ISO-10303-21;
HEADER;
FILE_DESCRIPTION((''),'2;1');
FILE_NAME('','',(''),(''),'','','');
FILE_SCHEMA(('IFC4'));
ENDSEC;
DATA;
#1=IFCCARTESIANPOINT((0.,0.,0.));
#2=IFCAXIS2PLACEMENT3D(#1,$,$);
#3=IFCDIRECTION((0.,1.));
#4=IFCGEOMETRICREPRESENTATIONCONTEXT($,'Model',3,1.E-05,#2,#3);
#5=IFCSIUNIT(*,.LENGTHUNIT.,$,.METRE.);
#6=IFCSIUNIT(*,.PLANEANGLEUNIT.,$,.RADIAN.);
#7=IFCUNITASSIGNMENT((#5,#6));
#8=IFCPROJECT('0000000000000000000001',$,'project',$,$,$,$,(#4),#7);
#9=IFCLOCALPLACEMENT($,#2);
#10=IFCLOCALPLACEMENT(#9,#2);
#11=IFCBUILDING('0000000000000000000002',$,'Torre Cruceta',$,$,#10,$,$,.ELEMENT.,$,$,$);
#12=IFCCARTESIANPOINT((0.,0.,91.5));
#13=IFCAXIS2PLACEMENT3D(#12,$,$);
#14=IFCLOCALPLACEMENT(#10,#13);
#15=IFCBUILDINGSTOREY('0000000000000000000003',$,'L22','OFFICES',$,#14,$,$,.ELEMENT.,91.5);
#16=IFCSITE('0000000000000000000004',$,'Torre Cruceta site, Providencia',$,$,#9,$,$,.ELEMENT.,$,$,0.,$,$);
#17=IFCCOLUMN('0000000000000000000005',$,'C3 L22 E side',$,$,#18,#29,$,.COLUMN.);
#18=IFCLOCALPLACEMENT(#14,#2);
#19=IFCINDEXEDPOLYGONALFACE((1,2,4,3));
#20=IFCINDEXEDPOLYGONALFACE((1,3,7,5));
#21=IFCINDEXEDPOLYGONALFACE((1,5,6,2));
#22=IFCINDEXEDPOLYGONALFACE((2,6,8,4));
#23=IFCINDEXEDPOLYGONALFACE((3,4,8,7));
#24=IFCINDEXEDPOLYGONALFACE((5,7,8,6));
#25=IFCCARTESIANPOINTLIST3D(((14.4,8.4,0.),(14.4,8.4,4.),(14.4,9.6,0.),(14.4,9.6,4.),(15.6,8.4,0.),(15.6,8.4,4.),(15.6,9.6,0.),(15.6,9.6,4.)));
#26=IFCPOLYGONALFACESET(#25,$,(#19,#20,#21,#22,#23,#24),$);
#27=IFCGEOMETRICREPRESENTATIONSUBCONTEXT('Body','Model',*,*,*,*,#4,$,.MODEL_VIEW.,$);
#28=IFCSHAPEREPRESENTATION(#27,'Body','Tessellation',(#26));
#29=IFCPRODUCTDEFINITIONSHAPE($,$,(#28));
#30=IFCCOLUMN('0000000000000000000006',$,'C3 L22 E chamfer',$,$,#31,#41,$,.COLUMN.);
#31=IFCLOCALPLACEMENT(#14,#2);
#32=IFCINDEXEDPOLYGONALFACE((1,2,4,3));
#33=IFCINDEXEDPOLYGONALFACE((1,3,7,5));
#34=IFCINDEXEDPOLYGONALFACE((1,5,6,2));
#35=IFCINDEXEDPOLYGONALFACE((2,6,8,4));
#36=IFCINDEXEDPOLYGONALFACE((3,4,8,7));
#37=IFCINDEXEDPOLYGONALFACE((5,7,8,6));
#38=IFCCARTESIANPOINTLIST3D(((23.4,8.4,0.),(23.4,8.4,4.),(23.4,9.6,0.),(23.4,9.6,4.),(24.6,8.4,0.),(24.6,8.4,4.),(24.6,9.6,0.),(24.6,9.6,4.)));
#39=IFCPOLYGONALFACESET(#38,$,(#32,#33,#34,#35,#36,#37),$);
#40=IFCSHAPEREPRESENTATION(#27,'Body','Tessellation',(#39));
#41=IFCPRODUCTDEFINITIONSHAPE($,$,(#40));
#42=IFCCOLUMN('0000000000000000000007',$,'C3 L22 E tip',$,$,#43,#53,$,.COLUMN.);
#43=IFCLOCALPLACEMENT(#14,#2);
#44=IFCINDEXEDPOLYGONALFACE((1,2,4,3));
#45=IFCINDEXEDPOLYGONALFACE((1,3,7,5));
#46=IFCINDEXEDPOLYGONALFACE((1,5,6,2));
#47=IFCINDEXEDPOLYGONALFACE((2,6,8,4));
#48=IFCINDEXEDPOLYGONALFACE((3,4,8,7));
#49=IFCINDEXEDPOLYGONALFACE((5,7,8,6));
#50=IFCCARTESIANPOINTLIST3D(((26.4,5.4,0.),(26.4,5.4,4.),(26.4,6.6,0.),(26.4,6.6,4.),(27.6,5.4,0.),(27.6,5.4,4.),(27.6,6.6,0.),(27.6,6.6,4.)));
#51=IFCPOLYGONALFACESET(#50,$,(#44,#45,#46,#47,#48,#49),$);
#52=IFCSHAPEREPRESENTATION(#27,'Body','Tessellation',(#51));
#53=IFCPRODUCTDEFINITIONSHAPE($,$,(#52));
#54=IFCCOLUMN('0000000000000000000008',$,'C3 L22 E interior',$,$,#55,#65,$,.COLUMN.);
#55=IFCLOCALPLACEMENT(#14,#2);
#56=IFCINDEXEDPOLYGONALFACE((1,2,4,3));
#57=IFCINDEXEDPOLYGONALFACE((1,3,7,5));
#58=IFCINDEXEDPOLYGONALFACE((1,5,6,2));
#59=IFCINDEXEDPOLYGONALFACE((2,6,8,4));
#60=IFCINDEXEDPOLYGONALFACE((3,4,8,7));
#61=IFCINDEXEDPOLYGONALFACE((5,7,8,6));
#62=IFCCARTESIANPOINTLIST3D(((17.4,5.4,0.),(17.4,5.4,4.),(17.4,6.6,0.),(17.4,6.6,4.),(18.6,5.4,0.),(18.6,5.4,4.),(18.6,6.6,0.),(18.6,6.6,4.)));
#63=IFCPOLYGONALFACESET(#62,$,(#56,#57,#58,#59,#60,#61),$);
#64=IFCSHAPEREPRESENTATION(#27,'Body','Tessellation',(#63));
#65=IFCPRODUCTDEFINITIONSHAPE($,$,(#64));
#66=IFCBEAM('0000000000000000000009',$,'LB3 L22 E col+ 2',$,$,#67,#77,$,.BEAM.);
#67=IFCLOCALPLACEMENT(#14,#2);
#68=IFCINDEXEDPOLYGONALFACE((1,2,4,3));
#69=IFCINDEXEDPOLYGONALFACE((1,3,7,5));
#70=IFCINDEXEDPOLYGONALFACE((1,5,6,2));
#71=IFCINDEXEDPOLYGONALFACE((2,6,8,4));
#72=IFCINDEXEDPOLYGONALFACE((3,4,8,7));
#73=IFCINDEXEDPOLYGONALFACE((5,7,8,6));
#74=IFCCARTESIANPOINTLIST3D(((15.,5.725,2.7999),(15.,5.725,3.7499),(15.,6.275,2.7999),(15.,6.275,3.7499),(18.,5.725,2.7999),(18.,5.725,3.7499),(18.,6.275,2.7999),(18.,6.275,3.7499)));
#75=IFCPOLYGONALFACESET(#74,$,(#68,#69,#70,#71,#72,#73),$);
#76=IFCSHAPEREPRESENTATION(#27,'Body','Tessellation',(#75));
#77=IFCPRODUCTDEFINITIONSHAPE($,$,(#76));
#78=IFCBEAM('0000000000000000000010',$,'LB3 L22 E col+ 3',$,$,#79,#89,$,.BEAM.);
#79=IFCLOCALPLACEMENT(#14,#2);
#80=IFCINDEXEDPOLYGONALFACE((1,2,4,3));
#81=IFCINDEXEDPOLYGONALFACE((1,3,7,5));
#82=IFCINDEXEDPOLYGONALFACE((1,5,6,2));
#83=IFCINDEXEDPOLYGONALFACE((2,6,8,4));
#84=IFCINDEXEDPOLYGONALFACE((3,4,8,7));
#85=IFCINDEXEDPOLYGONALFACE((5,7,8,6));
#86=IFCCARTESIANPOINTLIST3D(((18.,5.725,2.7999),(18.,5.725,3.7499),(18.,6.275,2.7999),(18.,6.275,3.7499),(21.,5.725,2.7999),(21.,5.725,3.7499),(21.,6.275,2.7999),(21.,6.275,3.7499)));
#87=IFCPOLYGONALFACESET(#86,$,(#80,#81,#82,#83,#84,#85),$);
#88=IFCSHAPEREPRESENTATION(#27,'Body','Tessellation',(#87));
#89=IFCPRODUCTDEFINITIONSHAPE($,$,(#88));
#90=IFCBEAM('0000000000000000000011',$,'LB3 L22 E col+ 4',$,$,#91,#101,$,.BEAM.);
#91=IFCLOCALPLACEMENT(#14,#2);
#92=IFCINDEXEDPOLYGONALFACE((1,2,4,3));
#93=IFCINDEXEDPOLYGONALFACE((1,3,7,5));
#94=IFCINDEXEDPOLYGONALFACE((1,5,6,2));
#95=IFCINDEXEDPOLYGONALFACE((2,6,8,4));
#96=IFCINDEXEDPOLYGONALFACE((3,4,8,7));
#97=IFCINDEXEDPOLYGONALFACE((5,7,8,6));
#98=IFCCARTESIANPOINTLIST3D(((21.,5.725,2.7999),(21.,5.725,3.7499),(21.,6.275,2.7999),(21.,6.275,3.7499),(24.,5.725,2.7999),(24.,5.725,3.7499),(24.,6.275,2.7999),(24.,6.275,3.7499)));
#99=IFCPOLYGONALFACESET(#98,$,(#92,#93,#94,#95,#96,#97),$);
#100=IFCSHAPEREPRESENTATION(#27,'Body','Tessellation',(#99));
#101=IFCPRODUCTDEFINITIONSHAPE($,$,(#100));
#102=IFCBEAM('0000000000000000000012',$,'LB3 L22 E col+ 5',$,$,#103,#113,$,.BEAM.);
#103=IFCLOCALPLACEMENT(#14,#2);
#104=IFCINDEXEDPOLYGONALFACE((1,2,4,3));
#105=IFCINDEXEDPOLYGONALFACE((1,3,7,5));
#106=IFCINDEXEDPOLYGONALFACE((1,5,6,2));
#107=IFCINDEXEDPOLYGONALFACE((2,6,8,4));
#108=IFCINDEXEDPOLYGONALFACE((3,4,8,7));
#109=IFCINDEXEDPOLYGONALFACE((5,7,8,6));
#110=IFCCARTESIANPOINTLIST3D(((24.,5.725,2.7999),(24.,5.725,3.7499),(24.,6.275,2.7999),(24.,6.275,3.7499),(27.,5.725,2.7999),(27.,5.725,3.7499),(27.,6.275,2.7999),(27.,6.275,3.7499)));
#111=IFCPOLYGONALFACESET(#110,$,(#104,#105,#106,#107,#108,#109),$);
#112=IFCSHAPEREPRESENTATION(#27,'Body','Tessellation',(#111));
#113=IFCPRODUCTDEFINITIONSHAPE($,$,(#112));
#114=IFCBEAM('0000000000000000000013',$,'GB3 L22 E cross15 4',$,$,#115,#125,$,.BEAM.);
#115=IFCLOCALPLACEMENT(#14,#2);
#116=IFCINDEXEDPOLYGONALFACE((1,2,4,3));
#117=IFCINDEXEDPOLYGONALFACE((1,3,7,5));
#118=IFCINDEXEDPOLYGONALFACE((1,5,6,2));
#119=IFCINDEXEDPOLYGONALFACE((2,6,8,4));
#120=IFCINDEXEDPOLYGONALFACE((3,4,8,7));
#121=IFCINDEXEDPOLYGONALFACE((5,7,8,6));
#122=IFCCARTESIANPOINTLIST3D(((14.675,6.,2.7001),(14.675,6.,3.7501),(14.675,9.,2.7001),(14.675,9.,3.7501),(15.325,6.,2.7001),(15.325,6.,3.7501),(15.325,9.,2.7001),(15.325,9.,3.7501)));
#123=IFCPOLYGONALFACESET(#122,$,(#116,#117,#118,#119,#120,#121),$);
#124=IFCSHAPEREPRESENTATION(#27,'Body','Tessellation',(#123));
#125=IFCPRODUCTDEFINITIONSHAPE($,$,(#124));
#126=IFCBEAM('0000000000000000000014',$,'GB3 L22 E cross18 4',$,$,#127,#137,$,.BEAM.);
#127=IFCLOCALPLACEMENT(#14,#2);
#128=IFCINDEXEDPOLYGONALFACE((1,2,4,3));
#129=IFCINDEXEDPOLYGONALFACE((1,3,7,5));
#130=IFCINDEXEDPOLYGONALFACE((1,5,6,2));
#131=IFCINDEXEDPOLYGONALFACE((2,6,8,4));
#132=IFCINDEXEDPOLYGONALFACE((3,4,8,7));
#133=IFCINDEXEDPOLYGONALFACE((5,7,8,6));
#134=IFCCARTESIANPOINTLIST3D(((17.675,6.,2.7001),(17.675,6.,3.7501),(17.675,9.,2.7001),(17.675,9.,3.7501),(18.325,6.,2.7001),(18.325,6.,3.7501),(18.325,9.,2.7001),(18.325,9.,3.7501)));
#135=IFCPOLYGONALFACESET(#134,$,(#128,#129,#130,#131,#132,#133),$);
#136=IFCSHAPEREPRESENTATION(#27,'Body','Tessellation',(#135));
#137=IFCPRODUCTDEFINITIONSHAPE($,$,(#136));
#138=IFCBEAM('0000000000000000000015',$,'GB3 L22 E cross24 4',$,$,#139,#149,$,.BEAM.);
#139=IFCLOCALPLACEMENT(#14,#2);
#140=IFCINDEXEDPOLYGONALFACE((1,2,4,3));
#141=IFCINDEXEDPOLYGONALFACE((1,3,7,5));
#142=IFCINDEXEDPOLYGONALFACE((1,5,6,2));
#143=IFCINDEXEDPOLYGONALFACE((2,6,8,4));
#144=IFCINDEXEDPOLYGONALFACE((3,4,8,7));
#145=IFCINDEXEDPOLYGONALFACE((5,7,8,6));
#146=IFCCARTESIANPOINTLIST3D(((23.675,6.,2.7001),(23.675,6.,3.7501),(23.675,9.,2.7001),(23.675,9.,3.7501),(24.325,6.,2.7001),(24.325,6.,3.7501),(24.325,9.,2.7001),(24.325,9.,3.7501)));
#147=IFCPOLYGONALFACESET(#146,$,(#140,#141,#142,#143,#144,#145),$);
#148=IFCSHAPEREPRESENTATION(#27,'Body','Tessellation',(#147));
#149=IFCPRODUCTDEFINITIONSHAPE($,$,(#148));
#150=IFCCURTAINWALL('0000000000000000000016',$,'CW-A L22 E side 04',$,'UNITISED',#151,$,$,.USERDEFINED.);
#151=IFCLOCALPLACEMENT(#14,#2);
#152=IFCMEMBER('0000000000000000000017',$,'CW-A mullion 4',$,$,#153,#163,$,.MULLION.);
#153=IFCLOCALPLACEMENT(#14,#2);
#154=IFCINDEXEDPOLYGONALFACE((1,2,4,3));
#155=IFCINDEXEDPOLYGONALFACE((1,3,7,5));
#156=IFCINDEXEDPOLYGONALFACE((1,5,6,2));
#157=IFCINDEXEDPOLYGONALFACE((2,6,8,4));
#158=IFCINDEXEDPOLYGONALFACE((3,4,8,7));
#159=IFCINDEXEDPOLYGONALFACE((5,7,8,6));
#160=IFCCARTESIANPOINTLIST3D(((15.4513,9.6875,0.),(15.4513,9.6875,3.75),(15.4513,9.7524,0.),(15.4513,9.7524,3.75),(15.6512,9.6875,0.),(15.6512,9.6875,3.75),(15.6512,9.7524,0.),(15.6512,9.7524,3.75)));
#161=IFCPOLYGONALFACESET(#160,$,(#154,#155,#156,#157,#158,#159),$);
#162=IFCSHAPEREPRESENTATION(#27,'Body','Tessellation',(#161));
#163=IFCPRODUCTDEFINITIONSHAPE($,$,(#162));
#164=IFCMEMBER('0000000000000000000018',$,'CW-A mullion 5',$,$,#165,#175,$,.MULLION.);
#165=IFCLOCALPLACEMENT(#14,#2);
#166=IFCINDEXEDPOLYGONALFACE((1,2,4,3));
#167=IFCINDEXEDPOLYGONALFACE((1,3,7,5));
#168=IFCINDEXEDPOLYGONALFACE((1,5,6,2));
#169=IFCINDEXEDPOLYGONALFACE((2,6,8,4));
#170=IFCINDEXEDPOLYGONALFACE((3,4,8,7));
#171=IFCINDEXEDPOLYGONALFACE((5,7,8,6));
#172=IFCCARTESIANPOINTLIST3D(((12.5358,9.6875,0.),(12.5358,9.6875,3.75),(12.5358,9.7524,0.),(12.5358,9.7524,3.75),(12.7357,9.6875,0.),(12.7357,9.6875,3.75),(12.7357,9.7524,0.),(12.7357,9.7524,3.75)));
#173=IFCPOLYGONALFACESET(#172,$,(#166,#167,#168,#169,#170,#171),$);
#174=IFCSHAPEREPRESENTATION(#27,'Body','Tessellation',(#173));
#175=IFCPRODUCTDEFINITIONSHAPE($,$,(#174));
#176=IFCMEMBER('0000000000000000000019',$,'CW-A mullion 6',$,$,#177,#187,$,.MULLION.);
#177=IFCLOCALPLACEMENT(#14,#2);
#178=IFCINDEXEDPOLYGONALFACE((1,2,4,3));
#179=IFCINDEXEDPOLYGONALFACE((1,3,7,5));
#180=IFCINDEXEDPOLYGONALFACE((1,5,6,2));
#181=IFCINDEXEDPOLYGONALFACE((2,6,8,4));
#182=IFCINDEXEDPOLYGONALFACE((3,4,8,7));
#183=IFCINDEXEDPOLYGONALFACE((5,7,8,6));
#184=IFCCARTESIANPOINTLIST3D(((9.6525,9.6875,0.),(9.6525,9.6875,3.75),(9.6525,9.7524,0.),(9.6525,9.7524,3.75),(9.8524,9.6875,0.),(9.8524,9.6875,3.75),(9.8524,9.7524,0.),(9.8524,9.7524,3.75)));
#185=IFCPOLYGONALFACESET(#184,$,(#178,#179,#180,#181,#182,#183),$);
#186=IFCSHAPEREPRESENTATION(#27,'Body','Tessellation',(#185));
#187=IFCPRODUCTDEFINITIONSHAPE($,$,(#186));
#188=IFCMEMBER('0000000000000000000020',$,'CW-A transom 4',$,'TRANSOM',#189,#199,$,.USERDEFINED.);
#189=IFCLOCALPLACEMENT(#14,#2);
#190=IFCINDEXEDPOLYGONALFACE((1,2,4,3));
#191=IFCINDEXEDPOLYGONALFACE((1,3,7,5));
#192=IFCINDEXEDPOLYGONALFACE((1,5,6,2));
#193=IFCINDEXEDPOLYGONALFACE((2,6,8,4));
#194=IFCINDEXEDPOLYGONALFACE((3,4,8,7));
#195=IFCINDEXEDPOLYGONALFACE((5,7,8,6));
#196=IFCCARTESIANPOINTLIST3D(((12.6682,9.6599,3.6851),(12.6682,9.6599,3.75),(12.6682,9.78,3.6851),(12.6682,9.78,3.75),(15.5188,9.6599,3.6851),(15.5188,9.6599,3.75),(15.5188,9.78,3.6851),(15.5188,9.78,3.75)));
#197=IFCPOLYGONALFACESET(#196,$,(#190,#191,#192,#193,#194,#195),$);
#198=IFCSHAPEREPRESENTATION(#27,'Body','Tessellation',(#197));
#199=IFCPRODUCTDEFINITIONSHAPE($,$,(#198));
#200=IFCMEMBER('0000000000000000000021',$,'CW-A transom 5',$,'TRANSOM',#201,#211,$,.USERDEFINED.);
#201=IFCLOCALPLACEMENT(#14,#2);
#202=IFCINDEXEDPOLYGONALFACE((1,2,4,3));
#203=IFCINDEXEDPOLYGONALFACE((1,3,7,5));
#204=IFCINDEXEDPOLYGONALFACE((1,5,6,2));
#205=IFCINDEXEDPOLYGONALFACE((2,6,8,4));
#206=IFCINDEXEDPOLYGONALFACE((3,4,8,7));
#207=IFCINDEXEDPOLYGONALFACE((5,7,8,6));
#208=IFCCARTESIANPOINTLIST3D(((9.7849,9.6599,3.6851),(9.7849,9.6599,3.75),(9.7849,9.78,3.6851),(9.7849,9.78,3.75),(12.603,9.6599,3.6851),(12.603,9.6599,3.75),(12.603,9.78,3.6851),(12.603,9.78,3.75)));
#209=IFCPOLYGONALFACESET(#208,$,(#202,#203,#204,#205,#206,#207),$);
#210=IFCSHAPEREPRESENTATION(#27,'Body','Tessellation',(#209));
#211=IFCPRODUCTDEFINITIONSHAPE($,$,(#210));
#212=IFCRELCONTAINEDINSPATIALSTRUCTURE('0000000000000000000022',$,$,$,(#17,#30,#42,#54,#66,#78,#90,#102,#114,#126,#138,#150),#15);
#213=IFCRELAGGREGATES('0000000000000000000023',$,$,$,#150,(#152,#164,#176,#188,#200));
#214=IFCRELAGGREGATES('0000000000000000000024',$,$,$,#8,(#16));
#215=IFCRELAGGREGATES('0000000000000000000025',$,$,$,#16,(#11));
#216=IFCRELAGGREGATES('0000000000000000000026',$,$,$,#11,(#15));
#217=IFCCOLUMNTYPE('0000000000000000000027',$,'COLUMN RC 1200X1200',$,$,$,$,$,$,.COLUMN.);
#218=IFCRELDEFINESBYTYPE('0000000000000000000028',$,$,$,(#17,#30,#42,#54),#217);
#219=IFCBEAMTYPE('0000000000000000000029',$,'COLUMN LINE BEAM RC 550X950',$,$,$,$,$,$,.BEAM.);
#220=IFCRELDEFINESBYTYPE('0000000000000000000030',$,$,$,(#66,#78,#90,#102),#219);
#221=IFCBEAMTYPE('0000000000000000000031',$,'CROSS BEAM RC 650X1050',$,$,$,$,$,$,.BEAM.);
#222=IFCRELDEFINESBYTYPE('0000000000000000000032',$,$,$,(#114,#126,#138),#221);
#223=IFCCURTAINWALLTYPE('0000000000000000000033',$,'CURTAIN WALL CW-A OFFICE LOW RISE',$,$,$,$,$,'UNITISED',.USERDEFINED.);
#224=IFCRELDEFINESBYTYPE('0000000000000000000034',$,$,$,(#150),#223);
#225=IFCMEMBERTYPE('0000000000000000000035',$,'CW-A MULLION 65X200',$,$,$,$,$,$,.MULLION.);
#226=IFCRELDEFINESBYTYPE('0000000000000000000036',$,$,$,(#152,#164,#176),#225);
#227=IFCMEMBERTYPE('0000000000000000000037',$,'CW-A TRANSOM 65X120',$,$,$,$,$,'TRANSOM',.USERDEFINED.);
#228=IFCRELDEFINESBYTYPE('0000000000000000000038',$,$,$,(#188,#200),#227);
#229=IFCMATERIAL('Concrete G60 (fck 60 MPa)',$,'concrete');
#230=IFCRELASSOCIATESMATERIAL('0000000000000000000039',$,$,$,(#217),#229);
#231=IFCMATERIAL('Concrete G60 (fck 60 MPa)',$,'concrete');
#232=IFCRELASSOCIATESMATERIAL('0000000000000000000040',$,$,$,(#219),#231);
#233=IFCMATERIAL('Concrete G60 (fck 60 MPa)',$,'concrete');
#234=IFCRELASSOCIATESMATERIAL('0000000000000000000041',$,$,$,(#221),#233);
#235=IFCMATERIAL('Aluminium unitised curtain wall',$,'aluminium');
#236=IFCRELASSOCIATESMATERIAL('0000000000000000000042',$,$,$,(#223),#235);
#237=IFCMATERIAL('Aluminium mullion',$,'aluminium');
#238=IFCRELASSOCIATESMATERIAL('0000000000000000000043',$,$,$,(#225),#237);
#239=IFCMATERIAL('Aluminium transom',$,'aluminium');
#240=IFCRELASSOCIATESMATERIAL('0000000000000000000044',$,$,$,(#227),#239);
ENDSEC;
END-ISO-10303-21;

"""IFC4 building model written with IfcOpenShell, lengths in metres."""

from ifc_helpers import new_model, si_unit, direction, frame, origin, origin_2d, place, context, subcontext, project, spatial, rectangle, extrude, material, material_profile, profile_set, type_object, element, aggregate, save


model = new_model("IFC4")

# Units and contexts
model_context = context("Model", 3, precision=1e-05, world=origin(), true_north=direction((0.0, 1.0)))
body_context = subcontext(model_context, "Body", "Model", "MODEL_VIEW")
ifc_project = project(units=[si_unit("LENGTHUNIT", "METRE"), si_unit("PLANEANGLEUNIT", "RADIAN")], contexts=[model_context])

# Site, building, storey
site_placement = place(None, origin())
site = spatial("IfcSite", under=ifc_project, at=site_placement, Name="Torre Cruceta site, Providencia", CompositionType="ELEMENT", RefElevation=0.0)
building_placement = place(site_placement, origin())
building = spatial("IfcBuilding", under=site, at=building_placement, Name="Torre Cruceta", CompositionType="ELEMENT")
storey_placement = place(building_placement, frame((0.0, 0.0, 91.5)))
storey = spatial("IfcBuildingStorey", under=building, at=storey_placement, Name="L22", Description="OFFICES", CompositionType="ELEMENT", Elevation=91.5)

# Columns
ifc_material_1 = material(Name="Concrete G60 (fck 60 MPa)", Category="concrete")
ifc_material_profile_1 = material_profile(ifc_material_1, rectangle(XDim=1.2, YDim=1.2, at=origin_2d()), Name="RC 1200X1200")
ifc_profile_set_1 = profile_set([ifc_material_profile_1], Name="Concrete G60 (fck 60 MPa)")
column_type = type_object("IfcColumnType", Name="COLUMN RC 1200X1200", PredefinedType="COLUMN", material=ifc_profile_set_1)
for number, where, z_axis, x_axis, name in (
    (1, (15.0, 9.0, 0.0), (0.0, 0.0, 1.0), (1.0, 0.0, 0.0), "C3 L22 E side"),
    (2, (24.0, 9.0, 0.0), (0.0, 0.0, 1.0), (1.0, 0.0, 0.0), "C3 L22 E chamfer"),
    (3, (27.0, 6.0, 0.0), (0.0, 0.0, 1.0), (1.0, 0.0, 0.0), "C3 L22 E tip"),
    (4, (18.0, 6.0, 0.0), (0.0, 0.0, 1.0), (1.0, 0.0, 0.0), "C3 L22 E interior"),
):
    element("IfcColumn", number, at=place(storey_placement, frame(where, z_axis=z_axis, x_axis=x_axis)), inside=storey, type_object=column_type, Name=name, PredefinedType="COLUMN", context=body_context, shape_type="SweptSolid", body=[
        extrude(rectangle(XDim=1.2, YDim=1.2, at=origin_2d()), origin(), (0.0, 0.0, 1.0), 4.0),
    ])

# Beams
ifc_material_2 = material(Name="Concrete G60 (fck 60 MPa)", Category="concrete")
ifc_material_profile_2 = material_profile(ifc_material_2, rectangle(XDim=0.55, YDim=0.95, at=origin_2d()), Name="RC 550X950")
ifc_profile_set_2 = profile_set([ifc_material_profile_2], Name="Concrete G60 (fck 60 MPa)")
beam_type_1 = type_object("IfcBeamType", Name="COLUMN LINE BEAM RC 550X950", PredefinedType="BEAM", material=ifc_profile_set_2)
for number, where, z_axis, x_axis, name in (
    (5, (15.0, 6.0, 3.2749), (1.0, 0.0, 0.0), (0.0, 1.0, 0.0), "LB3 L22 E col+ 2"),
    (6, (18.0, 6.0, 3.2749), (1.0, 0.0, 0.0), (0.0, 1.0, 0.0), "LB3 L22 E col+ 3"),
    (7, (21.0, 6.0, 3.2749), (1.0, 0.0, 0.0), (0.0, 1.0, 0.0), "LB3 L22 E col+ 4"),
    (8, (24.0, 6.0, 3.2749), (1.0, 0.0, 0.0), (0.0, 1.0, 0.0), "LB3 L22 E col+ 5"),
):
    element("IfcBeam", number, at=place(storey_placement, frame(where, z_axis=z_axis, x_axis=x_axis)), inside=storey, type_object=beam_type_1, Name=name, PredefinedType="BEAM", context=body_context, shape_type="SweptSolid", body=[
        extrude(rectangle(XDim=0.55, YDim=0.95, at=origin_2d()), origin(), (0.0, 0.0, 1.0), 3.0),
    ])
ifc_material_3 = material(Name="Concrete G60 (fck 60 MPa)", Category="concrete")
ifc_material_profile_3 = material_profile(ifc_material_3, rectangle(XDim=0.6499, YDim=1.05, at=origin_2d()), Name="RC 650X1050")
ifc_profile_set_3 = profile_set([ifc_material_profile_3], Name="Concrete G60 (fck 60 MPa)")
beam_type_2 = type_object("IfcBeamType", Name="CROSS BEAM RC 650X1050", PredefinedType="BEAM", material=ifc_profile_set_3)
for number, where, z_axis, x_axis, name in (
    (9, (15.0, 6.0, 3.2251), (0.0, 1.0, 0.0), (-1.0, 0.0, 0.0), "GB3 L22 E cross15 4"),
    (10, (18.0, 6.0, 3.2251), (0.0, 1.0, 0.0), (-1.0, 0.0, 0.0), "GB3 L22 E cross18 4"),
    (11, (24.0, 6.0, 3.2251), (0.0, 1.0, 0.0), (-1.0, 0.0, 0.0), "GB3 L22 E cross24 4"),
):
    element("IfcBeam", number, at=place(storey_placement, frame(where, z_axis=z_axis, x_axis=x_axis)), inside=storey, type_object=beam_type_2, Name=name, PredefinedType="BEAM", context=body_context, shape_type="SweptSolid", body=[
        extrude(rectangle(XDim=0.6499, YDim=1.05, at=origin_2d()), origin(), (0.0, 0.0, 1.0), 3.0),
    ])

# Curtain wall, members
ifc_material_4 = material(Name="Aluminium unitised curtain wall", Category="aluminium")
curtain_wall_type = type_object("IfcCurtainWallType", Name="CURTAIN WALL CW-A OFFICE LOW RISE", ElementType="UNITISED", PredefinedType="USERDEFINED", material=ifc_material_4)
curtain_wall_placement = place(storey_placement, origin())
curtain_wall = element("IfcCurtainWall", 12, at=curtain_wall_placement, inside=storey, type_object=curtain_wall_type, Name="CW-A L22 E side 04", ObjectType="UNITISED", PredefinedType="USERDEFINED")
ifc_material_5 = material(Name="Aluminium mullion", Category="aluminium")
ifc_material_profile_4 = material_profile(ifc_material_5, rectangle(XDim=0.0649, YDim=0.2, at=origin_2d()), Name="AL 65X200")
ifc_profile_set_4 = profile_set([ifc_material_profile_4], Name="Aluminium mullion")
member_type_1 = type_object("IfcMemberType", Name="CW-A MULLION 65X200", PredefinedType="MULLION", material=ifc_profile_set_4)
member_1_placement = place(storey_placement, frame((15.5513, 9.72, 0.0), z_axis=(0.0, 0.0, 1.0), x_axis=(0.0, -1.0, 0.0)))
member_1 = element("IfcMember", 13, at=member_1_placement, type_object=member_type_1, Name="CW-A mullion 4", PredefinedType="MULLION", context=body_context, shape_type="SweptSolid", body=[
    extrude(rectangle(XDim=0.0649, YDim=0.2, at=origin_2d()), origin(), (0.0, 0.0, 1.0), 3.75),
])
member_2_placement = place(storey_placement, frame((12.6357, 9.72, 0.0), z_axis=(0.0, 0.0, 1.0), x_axis=(0.0, -1.0, 0.0)))
member_2 = element("IfcMember", 14, at=member_2_placement, type_object=member_type_1, Name="CW-A mullion 5", PredefinedType="MULLION", context=body_context, shape_type="SweptSolid", body=[
    extrude(rectangle(XDim=0.0649, YDim=0.2, at=origin_2d()), origin(), (0.0, 0.0, 1.0), 3.75),
])
member_3_placement = place(storey_placement, frame((9.7524, 9.72, 0.0), z_axis=(0.0, 0.0, 1.0), x_axis=(0.0, -1.0, 0.0)))
member_3 = element("IfcMember", 15, at=member_3_placement, type_object=member_type_1, Name="CW-A mullion 6", PredefinedType="MULLION", context=body_context, shape_type="SweptSolid", body=[
    extrude(rectangle(XDim=0.0649, YDim=0.2, at=origin_2d()), origin(), (0.0, 0.0, 1.0), 3.75),
])
ifc_material_6 = material(Name="Aluminium transom", Category="aluminium")
ifc_material_profile_5 = material_profile(ifc_material_6, rectangle(XDim=0.1201, YDim=0.0649, at=origin_2d()), Name="AL 120X65")
ifc_profile_set_5 = profile_set([ifc_material_profile_5], Name="Aluminium transom")
member_type_2 = type_object("IfcMemberType", Name="CW-A TRANSOM 65X120", ElementType="TRANSOM", PredefinedType="USERDEFINED", material=ifc_profile_set_5)
member_4_placement = place(storey_placement, frame((15.5188, 9.72, 3.7175), z_axis=(-1.0, 0.0, 0.0), x_axis=(0.0, -1.0, 0.0)))
member_4 = element("IfcMember", 16, at=member_4_placement, type_object=member_type_2, Name="CW-A transom 4", ObjectType="TRANSOM", PredefinedType="USERDEFINED", context=body_context, shape_type="SweptSolid", body=[
    extrude(rectangle(XDim=0.1201, YDim=0.0649, at=origin_2d()), origin(), (0.0, 0.0, 1.0), 2.8506),
])
member_5_placement = place(storey_placement, frame((12.603, 9.72, 3.7175), z_axis=(-1.0, 0.0, 0.0), x_axis=(0.0, -1.0, 0.0)))
member_5 = element("IfcMember", 17, at=member_5_placement, type_object=member_type_2, Name="CW-A transom 5", ObjectType="TRANSOM", PredefinedType="USERDEFINED", context=body_context, shape_type="SweptSolid", body=[
    extrude(rectangle(XDim=0.1201, YDim=0.0649, at=origin_2d()), origin(), (0.0, 0.0, 1.0), 2.8181),
])

aggregate(curtain_wall, [member_1, member_2, member_3, member_4, member_5])

save(model, "model.ifc")
